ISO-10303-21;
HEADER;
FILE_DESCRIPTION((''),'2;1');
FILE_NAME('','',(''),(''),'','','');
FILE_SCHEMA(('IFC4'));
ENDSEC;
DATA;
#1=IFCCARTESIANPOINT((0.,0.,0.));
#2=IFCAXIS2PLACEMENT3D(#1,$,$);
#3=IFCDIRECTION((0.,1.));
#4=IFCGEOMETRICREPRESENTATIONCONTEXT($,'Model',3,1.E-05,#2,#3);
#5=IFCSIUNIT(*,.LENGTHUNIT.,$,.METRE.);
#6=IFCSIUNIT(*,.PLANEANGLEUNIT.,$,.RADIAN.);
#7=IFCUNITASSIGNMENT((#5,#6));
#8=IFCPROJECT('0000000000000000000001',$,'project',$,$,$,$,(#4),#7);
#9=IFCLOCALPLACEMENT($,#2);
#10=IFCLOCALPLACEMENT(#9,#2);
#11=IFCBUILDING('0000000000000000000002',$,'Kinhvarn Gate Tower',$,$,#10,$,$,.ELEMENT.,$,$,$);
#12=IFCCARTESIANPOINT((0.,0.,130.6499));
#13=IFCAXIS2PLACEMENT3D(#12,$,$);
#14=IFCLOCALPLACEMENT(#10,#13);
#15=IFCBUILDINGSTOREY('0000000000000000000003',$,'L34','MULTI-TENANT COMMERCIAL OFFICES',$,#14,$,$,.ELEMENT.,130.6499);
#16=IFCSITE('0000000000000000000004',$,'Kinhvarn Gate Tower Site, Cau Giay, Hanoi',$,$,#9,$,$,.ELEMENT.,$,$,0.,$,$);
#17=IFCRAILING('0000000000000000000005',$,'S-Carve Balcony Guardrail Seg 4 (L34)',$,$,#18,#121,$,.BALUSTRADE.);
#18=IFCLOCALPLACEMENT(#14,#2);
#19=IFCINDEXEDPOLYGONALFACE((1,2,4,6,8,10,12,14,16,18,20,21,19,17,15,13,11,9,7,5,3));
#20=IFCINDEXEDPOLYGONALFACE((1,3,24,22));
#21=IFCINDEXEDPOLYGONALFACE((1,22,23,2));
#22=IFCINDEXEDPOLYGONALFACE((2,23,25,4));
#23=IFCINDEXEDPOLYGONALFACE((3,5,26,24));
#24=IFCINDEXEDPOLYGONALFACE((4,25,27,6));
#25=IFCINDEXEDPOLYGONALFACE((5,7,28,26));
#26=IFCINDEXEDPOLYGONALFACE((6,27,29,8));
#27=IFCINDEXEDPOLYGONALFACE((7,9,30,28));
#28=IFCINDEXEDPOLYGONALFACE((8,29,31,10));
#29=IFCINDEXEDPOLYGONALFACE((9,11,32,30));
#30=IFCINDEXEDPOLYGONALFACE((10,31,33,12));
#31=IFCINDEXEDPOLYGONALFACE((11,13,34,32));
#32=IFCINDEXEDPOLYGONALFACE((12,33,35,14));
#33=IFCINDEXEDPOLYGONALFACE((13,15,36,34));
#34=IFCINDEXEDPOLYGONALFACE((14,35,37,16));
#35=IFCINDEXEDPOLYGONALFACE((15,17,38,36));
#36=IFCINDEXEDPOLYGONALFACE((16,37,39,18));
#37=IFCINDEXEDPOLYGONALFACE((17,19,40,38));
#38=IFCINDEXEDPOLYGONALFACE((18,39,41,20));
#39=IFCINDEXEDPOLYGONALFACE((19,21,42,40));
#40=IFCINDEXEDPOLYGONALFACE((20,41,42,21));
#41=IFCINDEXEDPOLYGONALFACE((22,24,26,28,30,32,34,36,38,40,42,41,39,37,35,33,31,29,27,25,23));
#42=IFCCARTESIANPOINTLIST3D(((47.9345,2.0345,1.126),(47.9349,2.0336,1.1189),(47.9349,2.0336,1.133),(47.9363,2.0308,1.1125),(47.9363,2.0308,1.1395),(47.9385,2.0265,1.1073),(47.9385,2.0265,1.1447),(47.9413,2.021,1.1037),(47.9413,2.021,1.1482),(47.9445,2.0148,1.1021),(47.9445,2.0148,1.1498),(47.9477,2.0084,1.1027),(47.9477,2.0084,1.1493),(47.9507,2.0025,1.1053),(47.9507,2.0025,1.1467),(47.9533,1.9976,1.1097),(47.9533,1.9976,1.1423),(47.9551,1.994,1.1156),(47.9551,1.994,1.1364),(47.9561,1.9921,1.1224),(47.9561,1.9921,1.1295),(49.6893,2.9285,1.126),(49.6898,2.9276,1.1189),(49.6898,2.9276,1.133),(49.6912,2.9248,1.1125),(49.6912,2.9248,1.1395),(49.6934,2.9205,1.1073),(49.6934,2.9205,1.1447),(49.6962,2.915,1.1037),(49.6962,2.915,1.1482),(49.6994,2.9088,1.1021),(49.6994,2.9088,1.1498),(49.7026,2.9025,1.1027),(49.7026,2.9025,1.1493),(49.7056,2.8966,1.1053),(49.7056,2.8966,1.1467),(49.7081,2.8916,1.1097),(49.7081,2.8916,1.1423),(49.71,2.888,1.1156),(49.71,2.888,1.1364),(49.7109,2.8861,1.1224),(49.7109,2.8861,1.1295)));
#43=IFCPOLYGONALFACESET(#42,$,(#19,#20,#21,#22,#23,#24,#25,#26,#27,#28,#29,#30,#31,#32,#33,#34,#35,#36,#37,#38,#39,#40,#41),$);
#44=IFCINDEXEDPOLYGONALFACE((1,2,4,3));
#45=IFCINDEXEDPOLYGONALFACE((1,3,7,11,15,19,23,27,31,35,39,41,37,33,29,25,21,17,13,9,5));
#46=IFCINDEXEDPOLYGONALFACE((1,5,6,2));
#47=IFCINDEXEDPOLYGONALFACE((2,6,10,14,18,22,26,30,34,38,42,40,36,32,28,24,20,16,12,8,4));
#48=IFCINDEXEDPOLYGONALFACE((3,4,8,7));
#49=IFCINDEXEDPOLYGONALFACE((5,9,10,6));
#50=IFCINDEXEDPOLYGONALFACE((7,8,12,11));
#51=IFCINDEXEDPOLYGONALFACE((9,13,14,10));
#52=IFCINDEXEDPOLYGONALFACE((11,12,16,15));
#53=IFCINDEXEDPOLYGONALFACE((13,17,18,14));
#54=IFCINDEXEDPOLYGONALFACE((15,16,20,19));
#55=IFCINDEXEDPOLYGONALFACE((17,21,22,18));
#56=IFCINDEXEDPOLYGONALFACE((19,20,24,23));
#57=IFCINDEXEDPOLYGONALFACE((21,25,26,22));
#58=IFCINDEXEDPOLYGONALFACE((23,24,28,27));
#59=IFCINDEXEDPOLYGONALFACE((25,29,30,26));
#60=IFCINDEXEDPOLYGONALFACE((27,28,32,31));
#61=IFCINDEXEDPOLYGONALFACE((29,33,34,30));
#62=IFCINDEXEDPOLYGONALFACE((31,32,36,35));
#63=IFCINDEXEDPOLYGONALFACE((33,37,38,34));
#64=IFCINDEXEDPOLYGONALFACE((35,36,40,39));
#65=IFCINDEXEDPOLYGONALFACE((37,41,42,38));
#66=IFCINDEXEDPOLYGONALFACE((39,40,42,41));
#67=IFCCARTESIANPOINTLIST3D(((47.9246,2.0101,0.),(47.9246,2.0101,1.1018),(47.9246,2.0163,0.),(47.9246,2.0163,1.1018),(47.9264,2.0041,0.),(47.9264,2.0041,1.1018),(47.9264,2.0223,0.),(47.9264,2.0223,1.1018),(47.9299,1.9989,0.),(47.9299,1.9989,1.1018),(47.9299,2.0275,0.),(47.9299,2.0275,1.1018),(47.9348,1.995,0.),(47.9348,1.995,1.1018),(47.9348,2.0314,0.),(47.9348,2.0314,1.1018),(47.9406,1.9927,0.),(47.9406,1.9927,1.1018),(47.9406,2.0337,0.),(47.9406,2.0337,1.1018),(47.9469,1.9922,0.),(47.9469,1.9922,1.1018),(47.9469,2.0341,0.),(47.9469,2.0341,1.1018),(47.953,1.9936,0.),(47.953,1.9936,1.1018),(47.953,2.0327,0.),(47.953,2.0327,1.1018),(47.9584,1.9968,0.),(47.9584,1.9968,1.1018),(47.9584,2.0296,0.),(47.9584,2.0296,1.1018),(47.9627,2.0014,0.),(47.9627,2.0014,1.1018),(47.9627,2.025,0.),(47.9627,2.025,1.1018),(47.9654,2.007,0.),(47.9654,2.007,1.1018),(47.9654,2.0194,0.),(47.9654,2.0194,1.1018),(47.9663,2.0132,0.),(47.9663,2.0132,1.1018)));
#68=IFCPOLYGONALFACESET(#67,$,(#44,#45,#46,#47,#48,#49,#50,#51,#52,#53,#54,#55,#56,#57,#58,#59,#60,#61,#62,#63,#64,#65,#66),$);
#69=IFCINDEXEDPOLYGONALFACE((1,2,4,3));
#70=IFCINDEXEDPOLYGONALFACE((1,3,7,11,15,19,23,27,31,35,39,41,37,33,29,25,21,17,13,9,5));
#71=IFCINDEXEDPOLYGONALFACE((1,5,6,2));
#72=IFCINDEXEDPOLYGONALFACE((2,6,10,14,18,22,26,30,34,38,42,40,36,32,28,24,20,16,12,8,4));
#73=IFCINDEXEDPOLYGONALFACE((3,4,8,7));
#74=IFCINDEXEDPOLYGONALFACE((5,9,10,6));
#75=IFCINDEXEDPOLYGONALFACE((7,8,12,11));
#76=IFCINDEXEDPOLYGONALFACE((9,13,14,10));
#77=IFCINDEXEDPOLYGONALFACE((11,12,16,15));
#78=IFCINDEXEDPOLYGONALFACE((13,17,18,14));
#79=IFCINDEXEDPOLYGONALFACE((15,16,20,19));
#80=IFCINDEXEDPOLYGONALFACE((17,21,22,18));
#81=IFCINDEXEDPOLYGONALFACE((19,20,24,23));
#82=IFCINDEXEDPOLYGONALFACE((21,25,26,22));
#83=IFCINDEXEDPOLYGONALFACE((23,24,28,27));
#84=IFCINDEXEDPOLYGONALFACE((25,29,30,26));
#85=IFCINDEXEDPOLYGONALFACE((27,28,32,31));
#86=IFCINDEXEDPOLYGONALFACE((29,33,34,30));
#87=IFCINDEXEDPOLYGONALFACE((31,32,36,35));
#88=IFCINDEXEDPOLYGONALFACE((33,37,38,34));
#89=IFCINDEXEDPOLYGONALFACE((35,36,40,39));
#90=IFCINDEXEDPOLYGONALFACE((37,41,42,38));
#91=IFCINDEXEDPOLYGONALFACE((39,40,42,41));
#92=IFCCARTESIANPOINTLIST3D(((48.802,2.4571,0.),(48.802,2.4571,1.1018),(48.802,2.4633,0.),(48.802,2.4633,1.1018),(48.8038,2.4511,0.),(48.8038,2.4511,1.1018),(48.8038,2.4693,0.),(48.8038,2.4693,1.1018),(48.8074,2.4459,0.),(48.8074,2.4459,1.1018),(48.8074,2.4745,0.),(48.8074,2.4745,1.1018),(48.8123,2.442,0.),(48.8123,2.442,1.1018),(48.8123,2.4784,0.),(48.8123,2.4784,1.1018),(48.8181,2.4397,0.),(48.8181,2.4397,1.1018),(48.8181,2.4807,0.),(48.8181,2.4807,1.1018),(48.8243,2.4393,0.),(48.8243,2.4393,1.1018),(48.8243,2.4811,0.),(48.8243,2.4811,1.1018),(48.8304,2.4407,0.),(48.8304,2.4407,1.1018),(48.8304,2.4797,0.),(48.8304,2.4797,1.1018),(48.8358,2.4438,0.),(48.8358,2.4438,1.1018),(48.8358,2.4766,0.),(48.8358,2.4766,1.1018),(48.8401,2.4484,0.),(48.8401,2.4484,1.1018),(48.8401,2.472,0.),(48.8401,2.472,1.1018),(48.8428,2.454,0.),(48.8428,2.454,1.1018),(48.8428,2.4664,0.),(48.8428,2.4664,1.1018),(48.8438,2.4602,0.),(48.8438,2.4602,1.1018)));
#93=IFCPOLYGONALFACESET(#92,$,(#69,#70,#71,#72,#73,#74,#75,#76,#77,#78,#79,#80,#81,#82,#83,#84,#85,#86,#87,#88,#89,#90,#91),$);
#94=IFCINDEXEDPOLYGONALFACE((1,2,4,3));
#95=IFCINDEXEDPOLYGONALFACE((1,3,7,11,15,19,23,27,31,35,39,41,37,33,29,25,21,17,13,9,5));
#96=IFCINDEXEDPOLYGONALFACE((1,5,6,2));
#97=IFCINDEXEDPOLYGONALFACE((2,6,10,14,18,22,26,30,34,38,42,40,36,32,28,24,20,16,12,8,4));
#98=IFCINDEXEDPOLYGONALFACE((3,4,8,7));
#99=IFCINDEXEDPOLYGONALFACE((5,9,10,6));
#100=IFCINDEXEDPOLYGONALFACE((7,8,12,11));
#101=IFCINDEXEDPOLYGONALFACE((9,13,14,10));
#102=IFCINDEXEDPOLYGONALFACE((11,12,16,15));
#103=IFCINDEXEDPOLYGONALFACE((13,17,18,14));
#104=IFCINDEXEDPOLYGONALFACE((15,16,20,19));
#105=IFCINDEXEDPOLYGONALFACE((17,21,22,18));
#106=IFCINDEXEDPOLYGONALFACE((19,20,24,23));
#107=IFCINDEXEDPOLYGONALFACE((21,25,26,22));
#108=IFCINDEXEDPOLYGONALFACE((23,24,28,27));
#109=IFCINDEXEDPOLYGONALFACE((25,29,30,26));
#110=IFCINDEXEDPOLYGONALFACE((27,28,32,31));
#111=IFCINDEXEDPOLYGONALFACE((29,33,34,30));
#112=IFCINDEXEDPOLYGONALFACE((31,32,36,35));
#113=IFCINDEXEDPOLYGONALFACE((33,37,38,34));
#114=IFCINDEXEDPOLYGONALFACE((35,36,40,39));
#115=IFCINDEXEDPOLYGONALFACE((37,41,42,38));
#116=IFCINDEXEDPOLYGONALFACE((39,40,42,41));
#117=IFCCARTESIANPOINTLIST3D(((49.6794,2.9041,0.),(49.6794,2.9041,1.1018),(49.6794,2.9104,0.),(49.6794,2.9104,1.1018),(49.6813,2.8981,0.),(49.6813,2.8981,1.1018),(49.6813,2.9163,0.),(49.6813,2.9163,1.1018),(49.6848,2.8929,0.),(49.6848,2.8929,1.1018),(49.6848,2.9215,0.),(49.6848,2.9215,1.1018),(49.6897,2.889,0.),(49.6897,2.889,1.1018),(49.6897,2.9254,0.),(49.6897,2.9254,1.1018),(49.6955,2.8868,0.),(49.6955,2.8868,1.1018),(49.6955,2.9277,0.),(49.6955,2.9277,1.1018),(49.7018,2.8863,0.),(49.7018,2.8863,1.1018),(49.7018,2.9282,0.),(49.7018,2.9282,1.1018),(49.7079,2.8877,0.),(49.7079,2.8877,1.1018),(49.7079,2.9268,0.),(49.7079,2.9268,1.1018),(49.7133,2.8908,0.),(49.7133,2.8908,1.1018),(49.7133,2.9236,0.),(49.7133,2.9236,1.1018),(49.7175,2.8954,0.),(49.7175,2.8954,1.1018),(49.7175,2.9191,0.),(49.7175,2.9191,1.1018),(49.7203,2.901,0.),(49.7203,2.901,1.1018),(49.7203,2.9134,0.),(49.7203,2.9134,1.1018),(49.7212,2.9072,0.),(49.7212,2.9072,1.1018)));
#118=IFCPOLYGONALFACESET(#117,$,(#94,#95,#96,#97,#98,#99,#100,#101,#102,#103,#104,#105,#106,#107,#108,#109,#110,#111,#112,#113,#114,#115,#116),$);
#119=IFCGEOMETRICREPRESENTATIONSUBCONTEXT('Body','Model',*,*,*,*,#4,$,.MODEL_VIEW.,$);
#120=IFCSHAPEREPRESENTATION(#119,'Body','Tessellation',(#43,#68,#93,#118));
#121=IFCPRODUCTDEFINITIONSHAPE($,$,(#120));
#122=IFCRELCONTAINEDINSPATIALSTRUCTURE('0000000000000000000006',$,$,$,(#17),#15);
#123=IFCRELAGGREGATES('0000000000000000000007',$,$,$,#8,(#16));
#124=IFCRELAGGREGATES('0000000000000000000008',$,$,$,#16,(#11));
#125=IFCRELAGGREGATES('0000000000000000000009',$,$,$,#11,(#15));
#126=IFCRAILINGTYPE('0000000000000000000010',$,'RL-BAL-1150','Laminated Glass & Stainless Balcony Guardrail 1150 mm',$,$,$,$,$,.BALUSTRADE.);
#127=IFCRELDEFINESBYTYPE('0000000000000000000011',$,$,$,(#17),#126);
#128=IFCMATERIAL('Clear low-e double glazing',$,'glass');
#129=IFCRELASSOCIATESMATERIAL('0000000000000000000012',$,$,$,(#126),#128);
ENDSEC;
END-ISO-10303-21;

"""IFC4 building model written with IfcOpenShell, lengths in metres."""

from ifc_helpers import new_model, si_unit, direction, frame, origin, origin_2d, place, context, subcontext, project, spatial, circle, extrude, material, type_object, element, save


model = new_model("IFC4")

# Units and contexts
model_context = context("Model", 3, precision=1e-05, world=origin(), true_north=direction((0.0, 1.0)))
body_context = subcontext(model_context, "Body", "Model", "MODEL_VIEW")
ifc_project = project(units=[si_unit("LENGTHUNIT", "METRE"), si_unit("PLANEANGLEUNIT", "RADIAN")], contexts=[model_context])

# Site, building, storey
site_placement = place(None, origin())
site = spatial("IfcSite", under=ifc_project, at=site_placement, Name="Kinhvarn Gate Tower Site, Cau Giay, Hanoi", CompositionType="ELEMENT", RefElevation=0.0)
building_placement = place(site_placement, origin())
building = spatial("IfcBuilding", under=site, at=building_placement, Name="Kinhvarn Gate Tower", CompositionType="ELEMENT")
storey_placement = place(building_placement, frame((0.0, 0.0, 130.6499)))
storey = spatial("IfcBuildingStorey", under=building, at=storey_placement, Name="L34", Description="MULTI-TENANT COMMERCIAL OFFICES", CompositionType="ELEMENT", Elevation=130.6499)

# Shared definitions
ifc_material_1 = material(Name="Clear low-e double glazing", Category="glass")

# Railing
railing_type = type_object("IfcRailingType", Name="RL-BAL-1150", Description="Laminated Glass & Stainless Balcony Guardrail 1150 mm", PredefinedType="BALUSTRADE", material=ifc_material_1)
railing_1_placement = place(storey_placement, frame((47.9453, 2.0132, 0.0)))
element("IfcRailing", 1, at=railing_1_placement, inside=storey, type_object=railing_type, Name="S-Carve Balcony Guardrail Seg 4 (L34)", PredefinedType="BALUSTRADE", context=body_context, shape_type="SweptSolid", body=[
    extrude(circle(Radius=0.0239, at=origin_2d()), frame((0.0, 0.0, 1.126), z_axis=(0.89103, 0.453944, 0.0), x_axis=(-0.453944, 0.89103, 0.0)), (0.0, 0.0, 1.0), 1.9695),
    extrude(circle(Radius=0.021, at=origin_2d()), origin(), (0.0, 0.0, 1.0), 1.1018),
    extrude(circle(Radius=0.021, at=origin_2d()), frame((0.8774, 0.447, 0.0)), (0.0, 0.0, 1.0), 1.1018),
    extrude(circle(Radius=0.021, at=origin_2d()), frame((1.7549, 0.894, 0.0)), (0.0, 0.0, 1.0), 1.1018),
])

save(model, "model.ifc")
